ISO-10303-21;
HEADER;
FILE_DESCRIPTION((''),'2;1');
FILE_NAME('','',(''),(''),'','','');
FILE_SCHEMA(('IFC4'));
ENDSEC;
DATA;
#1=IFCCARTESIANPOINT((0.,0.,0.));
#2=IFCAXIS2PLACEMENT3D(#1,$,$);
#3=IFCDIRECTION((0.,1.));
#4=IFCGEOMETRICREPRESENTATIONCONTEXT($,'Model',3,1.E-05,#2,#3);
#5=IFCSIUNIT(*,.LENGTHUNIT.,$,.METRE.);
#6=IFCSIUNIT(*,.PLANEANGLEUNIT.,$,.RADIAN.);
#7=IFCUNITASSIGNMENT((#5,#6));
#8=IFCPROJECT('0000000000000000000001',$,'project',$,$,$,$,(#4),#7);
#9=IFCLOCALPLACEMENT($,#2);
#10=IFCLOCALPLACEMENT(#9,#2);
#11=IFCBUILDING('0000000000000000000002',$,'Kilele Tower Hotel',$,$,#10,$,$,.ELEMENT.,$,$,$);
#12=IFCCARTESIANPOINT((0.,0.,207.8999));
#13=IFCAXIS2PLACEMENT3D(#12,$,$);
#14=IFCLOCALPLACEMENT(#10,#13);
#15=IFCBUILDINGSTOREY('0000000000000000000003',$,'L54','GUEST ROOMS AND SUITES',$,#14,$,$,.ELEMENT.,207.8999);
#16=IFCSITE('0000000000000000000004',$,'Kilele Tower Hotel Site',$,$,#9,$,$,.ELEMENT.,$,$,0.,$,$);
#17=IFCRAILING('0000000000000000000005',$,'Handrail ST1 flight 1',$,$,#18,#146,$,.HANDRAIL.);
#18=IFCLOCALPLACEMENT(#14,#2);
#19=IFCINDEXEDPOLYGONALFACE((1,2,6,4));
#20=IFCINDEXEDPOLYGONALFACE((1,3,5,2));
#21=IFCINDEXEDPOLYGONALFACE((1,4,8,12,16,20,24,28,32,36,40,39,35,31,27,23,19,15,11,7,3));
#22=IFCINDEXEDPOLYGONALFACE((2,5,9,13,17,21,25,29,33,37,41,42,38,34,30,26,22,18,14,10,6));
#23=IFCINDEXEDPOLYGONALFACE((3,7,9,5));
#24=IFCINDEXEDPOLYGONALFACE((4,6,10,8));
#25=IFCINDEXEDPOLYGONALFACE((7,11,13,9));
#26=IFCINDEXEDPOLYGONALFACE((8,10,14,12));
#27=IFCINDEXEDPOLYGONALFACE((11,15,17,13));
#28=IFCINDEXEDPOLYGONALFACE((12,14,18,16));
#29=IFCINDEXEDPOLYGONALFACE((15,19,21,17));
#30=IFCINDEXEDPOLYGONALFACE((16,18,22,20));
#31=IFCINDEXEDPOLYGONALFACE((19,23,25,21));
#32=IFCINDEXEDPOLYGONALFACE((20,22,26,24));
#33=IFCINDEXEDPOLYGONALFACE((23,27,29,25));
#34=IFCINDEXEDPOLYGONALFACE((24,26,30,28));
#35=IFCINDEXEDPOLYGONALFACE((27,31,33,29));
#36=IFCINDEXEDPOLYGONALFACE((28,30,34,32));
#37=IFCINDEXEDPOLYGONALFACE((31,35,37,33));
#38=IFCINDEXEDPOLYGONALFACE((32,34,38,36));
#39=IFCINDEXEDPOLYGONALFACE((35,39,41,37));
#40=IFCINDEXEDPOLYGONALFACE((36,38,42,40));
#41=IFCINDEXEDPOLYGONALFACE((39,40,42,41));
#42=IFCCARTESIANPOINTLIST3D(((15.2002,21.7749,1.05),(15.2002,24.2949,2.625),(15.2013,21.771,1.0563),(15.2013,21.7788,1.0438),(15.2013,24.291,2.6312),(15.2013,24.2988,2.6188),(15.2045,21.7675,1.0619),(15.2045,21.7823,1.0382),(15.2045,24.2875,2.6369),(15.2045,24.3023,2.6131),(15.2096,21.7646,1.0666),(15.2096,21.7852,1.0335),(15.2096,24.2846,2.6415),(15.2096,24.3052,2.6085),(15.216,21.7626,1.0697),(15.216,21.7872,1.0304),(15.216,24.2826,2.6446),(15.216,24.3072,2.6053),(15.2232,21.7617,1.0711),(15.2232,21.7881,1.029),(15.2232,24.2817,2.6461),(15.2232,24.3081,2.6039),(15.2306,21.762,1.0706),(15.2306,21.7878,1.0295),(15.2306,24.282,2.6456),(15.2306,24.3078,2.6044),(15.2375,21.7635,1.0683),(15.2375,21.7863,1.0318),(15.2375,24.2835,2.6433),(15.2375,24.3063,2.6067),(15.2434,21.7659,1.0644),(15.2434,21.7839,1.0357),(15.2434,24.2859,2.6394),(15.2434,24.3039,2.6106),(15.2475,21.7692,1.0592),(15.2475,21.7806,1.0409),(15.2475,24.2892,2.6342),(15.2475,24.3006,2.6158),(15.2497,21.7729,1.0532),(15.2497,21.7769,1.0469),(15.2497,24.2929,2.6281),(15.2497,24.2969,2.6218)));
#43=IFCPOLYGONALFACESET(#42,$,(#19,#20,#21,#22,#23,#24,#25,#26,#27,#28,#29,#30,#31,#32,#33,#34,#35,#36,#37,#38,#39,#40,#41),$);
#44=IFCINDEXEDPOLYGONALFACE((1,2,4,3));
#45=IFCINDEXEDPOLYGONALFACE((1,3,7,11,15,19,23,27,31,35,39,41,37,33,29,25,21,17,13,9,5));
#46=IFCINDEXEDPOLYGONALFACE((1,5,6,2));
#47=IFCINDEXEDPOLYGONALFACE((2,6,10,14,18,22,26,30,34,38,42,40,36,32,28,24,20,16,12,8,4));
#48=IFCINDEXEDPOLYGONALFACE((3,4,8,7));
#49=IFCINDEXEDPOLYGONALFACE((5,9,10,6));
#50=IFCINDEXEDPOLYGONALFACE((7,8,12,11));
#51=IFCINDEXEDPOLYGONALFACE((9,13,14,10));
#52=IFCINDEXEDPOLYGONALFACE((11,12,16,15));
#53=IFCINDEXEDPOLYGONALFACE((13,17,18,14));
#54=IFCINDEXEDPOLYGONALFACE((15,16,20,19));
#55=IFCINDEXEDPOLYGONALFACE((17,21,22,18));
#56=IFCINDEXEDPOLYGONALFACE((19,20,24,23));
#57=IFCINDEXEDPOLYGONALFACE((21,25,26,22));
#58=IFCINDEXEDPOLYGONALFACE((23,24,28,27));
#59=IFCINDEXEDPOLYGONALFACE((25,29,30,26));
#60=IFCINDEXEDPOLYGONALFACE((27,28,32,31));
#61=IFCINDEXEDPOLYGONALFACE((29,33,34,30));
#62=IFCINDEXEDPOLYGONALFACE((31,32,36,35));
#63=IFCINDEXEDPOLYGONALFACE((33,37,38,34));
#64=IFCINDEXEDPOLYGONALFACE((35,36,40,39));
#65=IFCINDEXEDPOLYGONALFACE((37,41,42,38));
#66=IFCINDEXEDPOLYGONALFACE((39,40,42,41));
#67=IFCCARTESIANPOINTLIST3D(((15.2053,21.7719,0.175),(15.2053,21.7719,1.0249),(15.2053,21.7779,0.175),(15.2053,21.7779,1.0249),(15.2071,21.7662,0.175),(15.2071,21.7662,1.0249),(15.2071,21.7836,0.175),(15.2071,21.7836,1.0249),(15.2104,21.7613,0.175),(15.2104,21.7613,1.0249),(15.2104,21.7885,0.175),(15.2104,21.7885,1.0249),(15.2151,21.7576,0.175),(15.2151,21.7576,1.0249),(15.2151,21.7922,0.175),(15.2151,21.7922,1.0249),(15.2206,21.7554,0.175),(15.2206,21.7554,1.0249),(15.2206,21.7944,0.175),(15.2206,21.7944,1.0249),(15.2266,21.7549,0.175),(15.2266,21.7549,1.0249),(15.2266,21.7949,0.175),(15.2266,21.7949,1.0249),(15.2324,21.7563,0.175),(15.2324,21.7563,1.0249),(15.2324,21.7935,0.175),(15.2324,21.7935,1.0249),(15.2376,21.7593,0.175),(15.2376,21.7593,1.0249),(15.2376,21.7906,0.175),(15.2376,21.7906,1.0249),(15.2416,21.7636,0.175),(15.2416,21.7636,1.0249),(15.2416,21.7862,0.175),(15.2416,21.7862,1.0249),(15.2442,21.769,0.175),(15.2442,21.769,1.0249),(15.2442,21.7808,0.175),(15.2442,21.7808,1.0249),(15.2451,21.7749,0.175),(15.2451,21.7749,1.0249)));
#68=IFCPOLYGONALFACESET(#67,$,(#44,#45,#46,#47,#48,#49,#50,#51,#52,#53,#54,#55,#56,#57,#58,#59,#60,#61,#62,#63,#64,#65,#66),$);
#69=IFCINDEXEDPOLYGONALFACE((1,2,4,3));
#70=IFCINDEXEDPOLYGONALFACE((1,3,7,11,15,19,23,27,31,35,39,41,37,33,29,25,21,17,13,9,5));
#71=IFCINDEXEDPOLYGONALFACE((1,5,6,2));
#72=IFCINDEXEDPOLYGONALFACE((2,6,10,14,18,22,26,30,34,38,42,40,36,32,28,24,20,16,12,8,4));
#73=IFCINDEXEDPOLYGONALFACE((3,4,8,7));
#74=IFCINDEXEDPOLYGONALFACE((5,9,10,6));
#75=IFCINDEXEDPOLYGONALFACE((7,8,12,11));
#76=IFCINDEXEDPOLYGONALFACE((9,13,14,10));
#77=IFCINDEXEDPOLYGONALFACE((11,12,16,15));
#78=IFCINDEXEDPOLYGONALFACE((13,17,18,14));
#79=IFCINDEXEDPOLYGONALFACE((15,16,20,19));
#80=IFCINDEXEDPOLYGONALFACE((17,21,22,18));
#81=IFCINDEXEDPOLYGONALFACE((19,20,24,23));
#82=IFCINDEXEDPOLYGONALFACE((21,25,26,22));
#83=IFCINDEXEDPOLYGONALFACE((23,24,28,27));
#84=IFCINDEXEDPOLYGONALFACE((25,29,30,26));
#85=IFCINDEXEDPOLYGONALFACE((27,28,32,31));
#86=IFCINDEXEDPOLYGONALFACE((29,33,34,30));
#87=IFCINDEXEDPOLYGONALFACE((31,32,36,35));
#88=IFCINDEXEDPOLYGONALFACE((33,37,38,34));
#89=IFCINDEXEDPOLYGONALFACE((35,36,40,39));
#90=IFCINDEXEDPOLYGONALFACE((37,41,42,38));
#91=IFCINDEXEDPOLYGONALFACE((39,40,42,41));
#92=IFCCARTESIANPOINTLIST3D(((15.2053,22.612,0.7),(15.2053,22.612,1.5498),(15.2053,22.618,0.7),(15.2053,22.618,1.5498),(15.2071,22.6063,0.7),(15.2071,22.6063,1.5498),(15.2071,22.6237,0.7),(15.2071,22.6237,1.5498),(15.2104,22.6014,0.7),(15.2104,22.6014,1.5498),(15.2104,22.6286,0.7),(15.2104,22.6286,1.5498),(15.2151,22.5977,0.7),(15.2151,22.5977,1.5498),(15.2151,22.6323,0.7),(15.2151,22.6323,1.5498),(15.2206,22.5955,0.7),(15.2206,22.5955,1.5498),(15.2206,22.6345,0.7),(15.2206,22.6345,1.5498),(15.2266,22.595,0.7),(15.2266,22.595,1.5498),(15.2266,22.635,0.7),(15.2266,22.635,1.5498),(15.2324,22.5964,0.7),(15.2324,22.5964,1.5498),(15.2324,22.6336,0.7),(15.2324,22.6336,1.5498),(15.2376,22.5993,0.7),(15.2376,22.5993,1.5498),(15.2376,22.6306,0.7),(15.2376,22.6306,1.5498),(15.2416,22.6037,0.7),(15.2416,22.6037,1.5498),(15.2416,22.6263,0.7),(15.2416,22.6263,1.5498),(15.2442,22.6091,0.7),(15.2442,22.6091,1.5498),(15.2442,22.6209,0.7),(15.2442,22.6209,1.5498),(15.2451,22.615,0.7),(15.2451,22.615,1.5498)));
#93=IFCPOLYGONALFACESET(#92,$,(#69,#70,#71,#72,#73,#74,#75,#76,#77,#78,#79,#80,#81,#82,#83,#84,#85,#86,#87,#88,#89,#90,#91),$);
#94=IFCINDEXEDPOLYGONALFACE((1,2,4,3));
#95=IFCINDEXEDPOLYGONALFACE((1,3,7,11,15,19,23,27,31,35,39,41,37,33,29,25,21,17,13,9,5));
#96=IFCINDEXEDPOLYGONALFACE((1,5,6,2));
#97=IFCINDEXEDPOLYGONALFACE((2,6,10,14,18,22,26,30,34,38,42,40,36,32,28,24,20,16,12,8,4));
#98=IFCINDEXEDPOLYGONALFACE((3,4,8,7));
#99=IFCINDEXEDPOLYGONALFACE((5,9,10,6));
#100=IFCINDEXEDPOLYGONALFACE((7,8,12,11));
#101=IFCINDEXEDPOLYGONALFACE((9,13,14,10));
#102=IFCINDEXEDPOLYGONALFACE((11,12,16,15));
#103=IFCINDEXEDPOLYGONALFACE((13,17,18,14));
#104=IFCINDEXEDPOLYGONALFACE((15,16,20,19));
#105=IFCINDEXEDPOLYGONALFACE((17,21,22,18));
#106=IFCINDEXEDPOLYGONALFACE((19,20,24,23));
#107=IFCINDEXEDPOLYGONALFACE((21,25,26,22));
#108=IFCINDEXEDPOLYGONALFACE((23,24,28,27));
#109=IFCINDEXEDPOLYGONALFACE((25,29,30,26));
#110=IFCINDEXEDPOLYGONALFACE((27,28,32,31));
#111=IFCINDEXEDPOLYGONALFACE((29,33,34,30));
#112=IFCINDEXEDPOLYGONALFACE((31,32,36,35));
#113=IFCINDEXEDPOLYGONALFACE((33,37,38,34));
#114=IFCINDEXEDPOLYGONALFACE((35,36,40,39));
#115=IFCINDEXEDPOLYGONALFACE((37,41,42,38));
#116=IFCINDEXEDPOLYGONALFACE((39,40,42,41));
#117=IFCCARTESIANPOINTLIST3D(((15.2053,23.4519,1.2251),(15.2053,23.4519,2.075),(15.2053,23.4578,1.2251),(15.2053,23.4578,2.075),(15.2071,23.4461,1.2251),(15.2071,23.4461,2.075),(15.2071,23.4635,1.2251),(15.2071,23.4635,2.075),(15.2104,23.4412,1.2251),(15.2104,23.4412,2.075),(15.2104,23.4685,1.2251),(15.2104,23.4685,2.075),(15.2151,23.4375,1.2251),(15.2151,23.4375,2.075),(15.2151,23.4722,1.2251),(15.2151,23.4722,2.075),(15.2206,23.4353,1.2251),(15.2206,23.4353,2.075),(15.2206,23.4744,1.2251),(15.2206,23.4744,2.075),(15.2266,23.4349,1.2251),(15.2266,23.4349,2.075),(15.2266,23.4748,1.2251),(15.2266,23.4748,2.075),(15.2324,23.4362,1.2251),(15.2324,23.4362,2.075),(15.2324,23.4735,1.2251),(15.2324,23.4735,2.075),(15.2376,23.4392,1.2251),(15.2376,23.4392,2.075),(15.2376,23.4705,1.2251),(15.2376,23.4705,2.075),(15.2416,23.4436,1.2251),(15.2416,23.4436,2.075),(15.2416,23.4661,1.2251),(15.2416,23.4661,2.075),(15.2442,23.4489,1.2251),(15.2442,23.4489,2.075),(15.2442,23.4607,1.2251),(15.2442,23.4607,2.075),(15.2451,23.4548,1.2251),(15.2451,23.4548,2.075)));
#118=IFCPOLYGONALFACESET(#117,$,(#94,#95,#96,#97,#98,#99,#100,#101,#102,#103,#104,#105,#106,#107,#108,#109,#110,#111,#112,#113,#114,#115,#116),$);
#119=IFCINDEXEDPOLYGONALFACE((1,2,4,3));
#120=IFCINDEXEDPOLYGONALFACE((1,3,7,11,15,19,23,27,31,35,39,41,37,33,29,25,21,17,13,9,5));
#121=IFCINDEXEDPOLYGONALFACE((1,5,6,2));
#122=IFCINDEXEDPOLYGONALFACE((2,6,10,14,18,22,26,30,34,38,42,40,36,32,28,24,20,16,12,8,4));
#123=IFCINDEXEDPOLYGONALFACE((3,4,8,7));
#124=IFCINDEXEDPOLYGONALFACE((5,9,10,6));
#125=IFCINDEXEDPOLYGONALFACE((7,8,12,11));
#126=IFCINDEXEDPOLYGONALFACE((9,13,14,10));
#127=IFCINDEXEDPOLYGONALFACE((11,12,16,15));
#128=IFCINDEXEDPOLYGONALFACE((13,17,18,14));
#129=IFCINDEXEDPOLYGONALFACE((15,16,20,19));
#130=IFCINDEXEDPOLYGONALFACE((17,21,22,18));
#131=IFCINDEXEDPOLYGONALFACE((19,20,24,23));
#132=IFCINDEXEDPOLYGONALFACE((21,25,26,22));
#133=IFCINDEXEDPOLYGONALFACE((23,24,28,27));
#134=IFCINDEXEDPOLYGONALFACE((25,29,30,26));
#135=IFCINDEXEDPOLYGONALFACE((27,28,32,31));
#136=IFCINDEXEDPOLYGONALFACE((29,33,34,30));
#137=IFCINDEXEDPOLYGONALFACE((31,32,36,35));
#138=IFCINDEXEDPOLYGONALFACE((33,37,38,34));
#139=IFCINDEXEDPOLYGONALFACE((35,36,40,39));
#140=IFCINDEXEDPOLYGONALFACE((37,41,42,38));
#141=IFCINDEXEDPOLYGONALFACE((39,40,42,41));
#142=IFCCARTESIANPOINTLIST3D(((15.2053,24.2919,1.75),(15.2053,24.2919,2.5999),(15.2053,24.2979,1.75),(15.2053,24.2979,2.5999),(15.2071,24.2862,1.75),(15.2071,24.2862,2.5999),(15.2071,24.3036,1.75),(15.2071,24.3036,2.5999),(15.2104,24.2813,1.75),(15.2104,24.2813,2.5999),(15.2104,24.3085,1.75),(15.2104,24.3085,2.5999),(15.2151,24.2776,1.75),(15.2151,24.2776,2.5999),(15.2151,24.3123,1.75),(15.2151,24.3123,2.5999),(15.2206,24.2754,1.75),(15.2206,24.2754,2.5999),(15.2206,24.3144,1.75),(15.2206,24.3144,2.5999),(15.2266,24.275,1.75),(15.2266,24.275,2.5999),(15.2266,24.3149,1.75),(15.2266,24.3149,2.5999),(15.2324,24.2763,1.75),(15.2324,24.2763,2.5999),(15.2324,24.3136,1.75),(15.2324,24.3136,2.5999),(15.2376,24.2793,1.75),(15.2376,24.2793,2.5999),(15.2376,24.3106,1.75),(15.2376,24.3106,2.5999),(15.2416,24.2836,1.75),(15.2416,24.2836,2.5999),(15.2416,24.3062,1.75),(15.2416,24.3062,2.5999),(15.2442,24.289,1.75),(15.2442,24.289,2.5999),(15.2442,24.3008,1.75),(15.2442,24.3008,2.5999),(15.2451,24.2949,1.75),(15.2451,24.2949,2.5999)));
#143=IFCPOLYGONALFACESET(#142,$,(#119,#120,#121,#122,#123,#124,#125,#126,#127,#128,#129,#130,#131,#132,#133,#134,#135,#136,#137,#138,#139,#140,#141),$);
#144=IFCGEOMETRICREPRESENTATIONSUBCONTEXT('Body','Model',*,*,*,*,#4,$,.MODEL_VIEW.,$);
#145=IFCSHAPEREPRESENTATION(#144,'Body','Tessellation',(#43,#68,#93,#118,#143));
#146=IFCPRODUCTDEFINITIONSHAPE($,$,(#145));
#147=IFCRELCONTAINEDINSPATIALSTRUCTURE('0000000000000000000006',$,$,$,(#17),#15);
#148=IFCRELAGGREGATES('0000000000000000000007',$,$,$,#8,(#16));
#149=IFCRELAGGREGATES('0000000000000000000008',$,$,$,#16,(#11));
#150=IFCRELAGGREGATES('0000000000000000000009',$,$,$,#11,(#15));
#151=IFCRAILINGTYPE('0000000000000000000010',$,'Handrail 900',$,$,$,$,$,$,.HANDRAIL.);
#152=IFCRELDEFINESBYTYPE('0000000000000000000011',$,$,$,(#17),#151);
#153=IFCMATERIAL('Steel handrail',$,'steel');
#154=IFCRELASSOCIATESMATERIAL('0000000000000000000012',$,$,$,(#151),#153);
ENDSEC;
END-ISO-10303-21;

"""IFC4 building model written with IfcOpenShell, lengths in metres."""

from ifc_helpers import new_model, si_unit, direction, frame, origin, origin_2d, place, context, subcontext, project, spatial, circle, extrude, material, type_object, element, save


model = new_model("IFC4")

# Units and contexts
model_context = context("Model", 3, precision=1e-05, world=origin(), true_north=direction((0.0, 1.0)))
body_context = subcontext(model_context, "Body", "Model", "MODEL_VIEW")
ifc_project = project(units=[si_unit("LENGTHUNIT", "METRE"), si_unit("PLANEANGLEUNIT", "RADIAN")], contexts=[model_context])

# Site, building, storey
site_placement = place(None, origin())
site = spatial("IfcSite", under=ifc_project, at=site_placement, Name="Kilele Tower Hotel Site", CompositionType="ELEMENT", RefElevation=0.0)
building_placement = place(site_placement, origin())
building = spatial("IfcBuilding", under=site, at=building_placement, Name="Kilele Tower Hotel", CompositionType="ELEMENT")
storey_placement = place(building_placement, frame((0.0, 0.0, 207.8999)))
storey = spatial("IfcBuildingStorey", under=building, at=storey_placement, Name="L54", Description="GUEST ROOMS AND SUITES", CompositionType="ELEMENT", Elevation=207.8999)

# Railing
ifc_material_1 = material(Name="Steel handrail", Category="steel")
railing_type_1 = type_object("IfcRailingType", Name="Handrail 900", PredefinedType="HANDRAIL", material=ifc_material_1)
for number, where, name in (
    (1, (15.2251, 21.7749, 0.175), "Handrail ST1 flight 1"),
):
    element("IfcRailing", number, at=place(storey_placement, frame(where)), inside=storey, type_object=railing_type_1, Name=name, PredefinedType="HANDRAIL", context=body_context, shape_type="SweptSolid", body=[
        extrude(circle(Radius=0.0249, at=origin_2d()), frame((0.0, 0.0, 0.875), z_axis=(0.0, 0.848008, 0.529984), x_axis=(-1.0, 0.0, 0.0)), (0.0, 0.0, 1.0), 2.9717),
        extrude(circle(Radius=0.02, at=origin_2d()), origin(), (0.0, 0.0, 1.0), 0.8499),
        extrude(circle(Radius=0.02, at=origin_2d()), frame((0.0, 0.8401, 0.5249)), (0.0, 0.0, 1.0), 0.8499),
        extrude(circle(Radius=0.02, at=origin_2d()), frame((0.0, 1.6799, 1.05)), (0.0, 0.0, 1.0), 0.8499),
        extrude(circle(Radius=0.02, at=origin_2d()), frame((0.0, 2.52, 1.575)), (0.0, 0.0, 1.0), 0.8499),
    ])

save(model, "model.ifc")
